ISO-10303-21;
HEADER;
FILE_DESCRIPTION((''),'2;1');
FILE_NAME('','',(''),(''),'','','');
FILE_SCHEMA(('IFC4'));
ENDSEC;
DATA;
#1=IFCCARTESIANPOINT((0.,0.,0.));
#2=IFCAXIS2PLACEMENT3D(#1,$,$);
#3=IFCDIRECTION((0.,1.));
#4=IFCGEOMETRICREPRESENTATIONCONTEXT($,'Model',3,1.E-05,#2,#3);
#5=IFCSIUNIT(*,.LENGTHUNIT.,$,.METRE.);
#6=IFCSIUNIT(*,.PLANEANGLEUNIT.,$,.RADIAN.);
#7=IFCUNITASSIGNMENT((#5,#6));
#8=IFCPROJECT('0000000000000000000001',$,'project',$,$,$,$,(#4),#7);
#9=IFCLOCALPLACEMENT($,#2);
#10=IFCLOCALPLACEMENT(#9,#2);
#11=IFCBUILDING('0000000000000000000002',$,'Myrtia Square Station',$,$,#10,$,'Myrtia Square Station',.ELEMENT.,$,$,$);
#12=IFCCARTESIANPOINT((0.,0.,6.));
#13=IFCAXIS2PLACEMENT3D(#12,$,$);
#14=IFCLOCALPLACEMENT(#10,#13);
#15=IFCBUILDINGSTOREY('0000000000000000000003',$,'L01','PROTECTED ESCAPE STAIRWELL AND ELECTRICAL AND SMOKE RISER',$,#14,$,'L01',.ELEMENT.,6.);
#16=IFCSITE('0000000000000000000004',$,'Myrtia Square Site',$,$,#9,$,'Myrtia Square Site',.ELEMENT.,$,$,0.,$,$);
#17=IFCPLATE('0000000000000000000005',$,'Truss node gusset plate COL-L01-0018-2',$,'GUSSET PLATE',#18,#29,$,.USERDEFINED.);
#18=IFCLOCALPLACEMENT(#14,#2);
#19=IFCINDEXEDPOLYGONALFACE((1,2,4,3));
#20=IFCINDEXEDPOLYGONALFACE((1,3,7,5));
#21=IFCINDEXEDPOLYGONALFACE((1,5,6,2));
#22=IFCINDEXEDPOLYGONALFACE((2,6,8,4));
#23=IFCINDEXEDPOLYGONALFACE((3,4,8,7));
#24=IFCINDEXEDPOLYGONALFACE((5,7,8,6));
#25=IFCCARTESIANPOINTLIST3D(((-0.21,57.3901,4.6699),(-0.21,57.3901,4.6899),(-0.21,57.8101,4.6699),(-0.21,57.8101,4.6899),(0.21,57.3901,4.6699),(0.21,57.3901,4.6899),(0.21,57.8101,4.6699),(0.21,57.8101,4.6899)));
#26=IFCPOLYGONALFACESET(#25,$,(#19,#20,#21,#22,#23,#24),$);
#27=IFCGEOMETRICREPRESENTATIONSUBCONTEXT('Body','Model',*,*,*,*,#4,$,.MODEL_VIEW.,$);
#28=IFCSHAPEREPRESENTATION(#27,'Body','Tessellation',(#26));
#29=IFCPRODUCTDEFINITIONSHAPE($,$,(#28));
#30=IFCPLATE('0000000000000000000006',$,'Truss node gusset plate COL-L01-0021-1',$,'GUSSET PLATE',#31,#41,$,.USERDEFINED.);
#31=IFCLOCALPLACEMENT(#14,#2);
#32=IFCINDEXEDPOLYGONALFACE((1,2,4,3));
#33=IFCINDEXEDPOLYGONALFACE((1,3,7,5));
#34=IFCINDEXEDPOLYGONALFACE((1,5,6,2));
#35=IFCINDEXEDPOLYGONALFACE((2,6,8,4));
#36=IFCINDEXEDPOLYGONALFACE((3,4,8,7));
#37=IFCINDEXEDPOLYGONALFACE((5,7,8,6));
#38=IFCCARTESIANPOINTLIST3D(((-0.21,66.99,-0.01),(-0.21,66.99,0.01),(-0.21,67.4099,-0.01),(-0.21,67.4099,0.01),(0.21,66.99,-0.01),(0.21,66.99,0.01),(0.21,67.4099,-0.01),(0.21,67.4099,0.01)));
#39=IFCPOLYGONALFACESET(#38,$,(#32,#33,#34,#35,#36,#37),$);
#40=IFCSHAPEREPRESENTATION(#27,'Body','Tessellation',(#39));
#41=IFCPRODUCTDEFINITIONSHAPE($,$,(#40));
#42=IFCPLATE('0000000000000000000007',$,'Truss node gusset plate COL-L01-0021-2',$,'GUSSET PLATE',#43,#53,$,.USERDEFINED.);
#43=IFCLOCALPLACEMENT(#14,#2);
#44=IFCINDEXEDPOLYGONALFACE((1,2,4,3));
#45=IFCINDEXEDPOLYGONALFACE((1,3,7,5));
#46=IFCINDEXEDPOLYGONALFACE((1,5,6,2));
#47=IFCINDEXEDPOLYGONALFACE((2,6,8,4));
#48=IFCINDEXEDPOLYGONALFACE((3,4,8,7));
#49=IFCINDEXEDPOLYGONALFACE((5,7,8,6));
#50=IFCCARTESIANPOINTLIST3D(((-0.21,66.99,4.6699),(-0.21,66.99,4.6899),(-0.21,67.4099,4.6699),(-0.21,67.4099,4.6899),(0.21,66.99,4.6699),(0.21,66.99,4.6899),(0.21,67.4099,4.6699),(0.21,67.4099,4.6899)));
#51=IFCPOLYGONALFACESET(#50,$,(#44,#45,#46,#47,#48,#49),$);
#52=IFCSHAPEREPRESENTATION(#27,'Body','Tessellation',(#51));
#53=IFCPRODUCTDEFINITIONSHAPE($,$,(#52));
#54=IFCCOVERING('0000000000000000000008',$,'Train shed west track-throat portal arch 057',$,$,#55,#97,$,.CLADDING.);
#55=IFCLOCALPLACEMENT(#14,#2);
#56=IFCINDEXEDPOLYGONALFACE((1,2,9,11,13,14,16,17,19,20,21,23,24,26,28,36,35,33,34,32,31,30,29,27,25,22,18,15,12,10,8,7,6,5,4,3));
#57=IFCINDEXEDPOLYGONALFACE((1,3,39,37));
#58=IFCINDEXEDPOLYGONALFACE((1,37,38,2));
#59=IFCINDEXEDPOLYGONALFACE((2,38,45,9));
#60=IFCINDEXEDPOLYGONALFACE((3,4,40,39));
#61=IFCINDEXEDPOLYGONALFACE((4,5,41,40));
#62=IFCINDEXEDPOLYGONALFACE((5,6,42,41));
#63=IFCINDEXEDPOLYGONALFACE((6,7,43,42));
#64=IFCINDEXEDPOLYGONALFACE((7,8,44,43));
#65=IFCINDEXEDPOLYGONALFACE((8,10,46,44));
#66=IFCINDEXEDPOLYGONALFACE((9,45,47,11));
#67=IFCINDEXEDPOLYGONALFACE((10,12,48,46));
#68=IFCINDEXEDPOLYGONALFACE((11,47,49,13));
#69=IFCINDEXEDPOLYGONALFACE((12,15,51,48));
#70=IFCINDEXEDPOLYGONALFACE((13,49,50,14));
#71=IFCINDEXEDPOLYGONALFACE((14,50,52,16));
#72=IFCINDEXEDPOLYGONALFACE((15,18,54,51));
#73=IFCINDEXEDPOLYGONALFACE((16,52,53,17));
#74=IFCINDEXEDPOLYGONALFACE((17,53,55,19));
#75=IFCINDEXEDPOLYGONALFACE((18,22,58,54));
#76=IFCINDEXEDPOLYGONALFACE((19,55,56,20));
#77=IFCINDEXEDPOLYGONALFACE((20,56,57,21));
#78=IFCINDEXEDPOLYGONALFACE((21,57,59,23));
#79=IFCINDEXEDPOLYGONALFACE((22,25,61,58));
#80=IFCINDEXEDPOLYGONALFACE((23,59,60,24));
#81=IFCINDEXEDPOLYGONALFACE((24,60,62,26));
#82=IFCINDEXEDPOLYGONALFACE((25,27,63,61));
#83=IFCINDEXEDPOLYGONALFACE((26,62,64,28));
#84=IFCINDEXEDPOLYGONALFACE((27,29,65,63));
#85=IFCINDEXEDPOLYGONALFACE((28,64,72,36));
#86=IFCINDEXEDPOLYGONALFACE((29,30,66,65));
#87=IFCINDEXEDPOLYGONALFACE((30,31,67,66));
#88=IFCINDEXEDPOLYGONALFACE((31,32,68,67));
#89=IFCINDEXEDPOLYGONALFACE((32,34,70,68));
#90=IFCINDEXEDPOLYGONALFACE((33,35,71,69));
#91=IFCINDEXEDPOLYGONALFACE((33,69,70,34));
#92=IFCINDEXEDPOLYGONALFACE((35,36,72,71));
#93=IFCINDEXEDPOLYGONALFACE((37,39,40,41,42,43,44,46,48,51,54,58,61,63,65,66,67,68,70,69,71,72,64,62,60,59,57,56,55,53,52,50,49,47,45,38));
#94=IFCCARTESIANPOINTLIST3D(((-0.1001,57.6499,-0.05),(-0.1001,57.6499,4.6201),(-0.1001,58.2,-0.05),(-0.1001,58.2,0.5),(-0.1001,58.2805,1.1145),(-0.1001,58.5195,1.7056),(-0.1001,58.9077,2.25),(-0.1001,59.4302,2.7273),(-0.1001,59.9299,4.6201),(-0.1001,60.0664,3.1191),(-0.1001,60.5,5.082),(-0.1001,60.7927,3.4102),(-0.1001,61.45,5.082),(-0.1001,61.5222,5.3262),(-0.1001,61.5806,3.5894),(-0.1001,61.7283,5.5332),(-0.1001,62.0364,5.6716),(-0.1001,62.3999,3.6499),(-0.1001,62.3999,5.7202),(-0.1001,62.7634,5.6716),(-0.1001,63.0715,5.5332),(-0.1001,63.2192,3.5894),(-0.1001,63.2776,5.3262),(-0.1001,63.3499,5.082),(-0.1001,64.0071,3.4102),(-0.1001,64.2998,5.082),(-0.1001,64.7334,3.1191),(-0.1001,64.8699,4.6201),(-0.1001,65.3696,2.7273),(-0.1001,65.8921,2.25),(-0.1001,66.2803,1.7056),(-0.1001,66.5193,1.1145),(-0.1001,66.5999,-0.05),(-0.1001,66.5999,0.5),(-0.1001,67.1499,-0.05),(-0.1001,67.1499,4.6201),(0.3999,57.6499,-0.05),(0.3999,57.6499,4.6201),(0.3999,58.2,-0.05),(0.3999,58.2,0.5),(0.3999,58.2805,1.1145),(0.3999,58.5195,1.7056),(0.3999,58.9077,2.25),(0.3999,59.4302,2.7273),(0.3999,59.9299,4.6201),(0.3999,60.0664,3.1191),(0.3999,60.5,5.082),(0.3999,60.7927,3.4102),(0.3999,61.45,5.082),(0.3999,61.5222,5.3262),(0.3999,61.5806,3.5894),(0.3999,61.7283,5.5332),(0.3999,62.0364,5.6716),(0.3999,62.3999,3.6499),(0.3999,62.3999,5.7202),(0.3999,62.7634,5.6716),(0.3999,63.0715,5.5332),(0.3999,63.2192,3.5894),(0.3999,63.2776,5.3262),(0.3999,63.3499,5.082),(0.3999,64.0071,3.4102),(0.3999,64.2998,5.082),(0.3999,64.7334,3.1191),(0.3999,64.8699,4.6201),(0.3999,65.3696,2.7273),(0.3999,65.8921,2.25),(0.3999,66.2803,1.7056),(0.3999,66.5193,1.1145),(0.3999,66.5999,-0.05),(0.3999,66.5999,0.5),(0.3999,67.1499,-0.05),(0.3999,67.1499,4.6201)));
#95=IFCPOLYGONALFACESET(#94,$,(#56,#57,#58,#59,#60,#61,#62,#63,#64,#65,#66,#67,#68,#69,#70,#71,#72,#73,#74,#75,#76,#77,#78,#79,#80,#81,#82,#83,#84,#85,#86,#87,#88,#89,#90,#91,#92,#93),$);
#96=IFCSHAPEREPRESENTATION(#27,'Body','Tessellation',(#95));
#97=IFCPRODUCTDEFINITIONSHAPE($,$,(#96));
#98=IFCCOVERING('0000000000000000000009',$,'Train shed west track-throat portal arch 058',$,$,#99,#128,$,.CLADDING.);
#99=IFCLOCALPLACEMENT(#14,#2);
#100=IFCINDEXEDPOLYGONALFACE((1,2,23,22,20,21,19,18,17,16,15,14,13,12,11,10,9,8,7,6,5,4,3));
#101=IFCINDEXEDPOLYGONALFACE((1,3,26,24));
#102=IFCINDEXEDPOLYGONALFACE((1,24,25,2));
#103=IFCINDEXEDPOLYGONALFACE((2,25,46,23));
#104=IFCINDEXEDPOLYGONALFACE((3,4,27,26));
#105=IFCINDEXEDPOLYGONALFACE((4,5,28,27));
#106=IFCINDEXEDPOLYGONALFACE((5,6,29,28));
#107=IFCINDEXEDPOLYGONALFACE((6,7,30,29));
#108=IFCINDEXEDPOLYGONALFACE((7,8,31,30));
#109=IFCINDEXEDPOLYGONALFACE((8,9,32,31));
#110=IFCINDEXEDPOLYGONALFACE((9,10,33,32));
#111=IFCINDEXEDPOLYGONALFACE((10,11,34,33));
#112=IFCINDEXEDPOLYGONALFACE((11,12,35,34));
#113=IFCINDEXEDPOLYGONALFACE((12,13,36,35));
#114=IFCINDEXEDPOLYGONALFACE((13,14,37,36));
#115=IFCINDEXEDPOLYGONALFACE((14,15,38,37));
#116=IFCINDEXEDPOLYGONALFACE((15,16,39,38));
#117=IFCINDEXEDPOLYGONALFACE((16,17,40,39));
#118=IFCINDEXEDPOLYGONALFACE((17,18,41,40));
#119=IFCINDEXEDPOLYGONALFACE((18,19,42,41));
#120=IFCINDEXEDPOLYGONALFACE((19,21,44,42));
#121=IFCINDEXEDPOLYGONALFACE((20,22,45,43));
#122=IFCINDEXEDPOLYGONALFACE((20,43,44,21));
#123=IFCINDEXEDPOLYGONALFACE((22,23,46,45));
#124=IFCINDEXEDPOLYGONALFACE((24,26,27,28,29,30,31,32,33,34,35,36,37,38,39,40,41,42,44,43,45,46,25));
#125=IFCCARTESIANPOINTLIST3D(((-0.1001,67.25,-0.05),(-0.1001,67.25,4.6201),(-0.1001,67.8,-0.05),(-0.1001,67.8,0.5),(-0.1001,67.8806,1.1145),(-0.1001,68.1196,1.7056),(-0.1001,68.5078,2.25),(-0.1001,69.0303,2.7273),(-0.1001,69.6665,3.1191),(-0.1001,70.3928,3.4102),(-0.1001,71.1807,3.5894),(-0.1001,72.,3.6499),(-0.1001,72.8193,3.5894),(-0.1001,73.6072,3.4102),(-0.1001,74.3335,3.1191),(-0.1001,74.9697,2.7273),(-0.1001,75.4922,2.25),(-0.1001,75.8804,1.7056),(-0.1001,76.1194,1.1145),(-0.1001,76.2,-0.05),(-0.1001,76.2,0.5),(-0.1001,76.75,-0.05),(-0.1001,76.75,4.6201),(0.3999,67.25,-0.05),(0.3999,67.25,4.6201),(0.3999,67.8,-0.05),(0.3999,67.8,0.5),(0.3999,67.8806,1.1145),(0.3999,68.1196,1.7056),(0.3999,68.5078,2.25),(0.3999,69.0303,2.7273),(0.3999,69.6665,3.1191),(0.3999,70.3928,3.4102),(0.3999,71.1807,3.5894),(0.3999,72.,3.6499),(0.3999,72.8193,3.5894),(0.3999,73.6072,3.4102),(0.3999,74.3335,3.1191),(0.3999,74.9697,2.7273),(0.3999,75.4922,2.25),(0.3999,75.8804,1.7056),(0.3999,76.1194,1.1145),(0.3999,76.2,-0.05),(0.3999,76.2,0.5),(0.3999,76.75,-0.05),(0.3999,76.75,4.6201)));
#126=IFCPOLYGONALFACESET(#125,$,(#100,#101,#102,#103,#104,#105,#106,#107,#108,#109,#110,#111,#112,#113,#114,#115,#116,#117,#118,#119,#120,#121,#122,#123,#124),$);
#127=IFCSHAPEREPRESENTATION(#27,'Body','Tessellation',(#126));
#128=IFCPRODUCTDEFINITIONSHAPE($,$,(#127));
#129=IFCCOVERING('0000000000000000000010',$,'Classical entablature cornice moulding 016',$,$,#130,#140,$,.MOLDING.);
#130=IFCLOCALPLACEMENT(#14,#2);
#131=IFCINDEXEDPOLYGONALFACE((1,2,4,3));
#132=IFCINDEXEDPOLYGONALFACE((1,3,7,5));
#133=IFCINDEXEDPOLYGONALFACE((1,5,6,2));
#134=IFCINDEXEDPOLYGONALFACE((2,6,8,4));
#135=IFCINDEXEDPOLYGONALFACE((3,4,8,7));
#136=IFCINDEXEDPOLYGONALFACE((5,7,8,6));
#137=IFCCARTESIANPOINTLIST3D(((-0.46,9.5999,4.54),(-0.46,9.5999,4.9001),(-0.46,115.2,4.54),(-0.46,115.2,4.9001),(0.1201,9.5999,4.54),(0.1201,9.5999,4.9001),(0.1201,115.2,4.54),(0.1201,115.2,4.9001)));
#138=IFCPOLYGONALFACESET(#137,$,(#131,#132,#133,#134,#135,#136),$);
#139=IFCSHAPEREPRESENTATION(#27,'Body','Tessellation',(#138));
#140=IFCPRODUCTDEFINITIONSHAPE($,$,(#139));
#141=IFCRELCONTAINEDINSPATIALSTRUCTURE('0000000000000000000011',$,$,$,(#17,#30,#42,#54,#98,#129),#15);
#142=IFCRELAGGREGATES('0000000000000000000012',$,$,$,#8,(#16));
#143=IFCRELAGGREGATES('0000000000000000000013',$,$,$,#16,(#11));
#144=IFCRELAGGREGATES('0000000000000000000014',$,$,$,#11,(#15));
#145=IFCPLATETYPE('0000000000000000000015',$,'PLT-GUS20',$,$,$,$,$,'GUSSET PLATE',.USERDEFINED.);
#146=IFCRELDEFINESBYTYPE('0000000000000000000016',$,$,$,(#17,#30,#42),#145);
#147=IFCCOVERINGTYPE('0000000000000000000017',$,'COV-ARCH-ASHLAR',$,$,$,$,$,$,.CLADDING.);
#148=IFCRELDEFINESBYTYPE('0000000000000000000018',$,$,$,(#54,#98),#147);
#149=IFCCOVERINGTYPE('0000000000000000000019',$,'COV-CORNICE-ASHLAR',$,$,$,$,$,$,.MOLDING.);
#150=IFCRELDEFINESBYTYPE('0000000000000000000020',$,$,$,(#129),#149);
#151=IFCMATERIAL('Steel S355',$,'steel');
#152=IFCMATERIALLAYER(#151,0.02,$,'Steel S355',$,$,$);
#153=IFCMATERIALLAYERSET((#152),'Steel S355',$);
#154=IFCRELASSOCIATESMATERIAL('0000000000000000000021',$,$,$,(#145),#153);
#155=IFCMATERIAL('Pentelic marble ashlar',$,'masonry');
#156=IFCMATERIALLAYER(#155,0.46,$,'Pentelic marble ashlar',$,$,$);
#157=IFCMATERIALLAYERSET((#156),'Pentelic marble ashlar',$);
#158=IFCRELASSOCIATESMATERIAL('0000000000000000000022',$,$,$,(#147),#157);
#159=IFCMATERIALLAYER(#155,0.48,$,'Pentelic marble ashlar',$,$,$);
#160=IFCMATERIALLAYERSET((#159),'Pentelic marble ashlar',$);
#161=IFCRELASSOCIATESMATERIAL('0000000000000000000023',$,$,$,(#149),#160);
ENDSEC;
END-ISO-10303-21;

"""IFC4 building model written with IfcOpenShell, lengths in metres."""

from ifc_helpers import new_model, si_unit, direction, frame, origin, origin_2d, place, context, subcontext, project, spatial, polyline, rectangle, outline, extrude, material, layer, layer_set, type_object, element, save


model = new_model("IFC4")

# Units and contexts
model_context = context("Model", 3, precision=1e-05, world=origin(), true_north=direction((0.0, 1.0)))
body_context = subcontext(model_context, "Body", "Model", "MODEL_VIEW")
ifc_project = project(units=[si_unit("LENGTHUNIT", "METRE"), si_unit("PLANEANGLEUNIT", "RADIAN")], contexts=[model_context])

# Site, building, storey
site_placement = place(None, origin())
site = spatial("IfcSite", under=ifc_project, at=site_placement, Name="Myrtia Square Site", LongName="Myrtia Square Site", CompositionType="ELEMENT", RefElevation=0.0)
building_placement = place(site_placement, origin())
building = spatial("IfcBuilding", under=site, at=building_placement, Name="Myrtia Square Station", LongName="Myrtia Square Station", CompositionType="ELEMENT")
storey_placement = place(building_placement, frame((0.0, 0.0, 6.0)))
storey = spatial("IfcBuildingStorey", under=building, at=storey_placement, Name="L01", Description="PROTECTED ESCAPE STAIRWELL AND ELECTRICAL AND SMOKE RISER", LongName="L01", CompositionType="ELEMENT", Elevation=6.0)

# Shared definitions
ifc_material_1 = material(Name="Steel S355", Category="steel")

# Plates
ifc_layer_1 = layer(ifc_material_1, 0.02, Name="Steel S355")
ifc_layer_set_1 = layer_set([ifc_layer_1], Name="Steel S355")
plate_type_1 = type_object("IfcPlateType", Name="PLT-GUS20", ElementType="GUSSET PLATE", PredefinedType="USERDEFINED", material=ifc_layer_set_1)
for number, where, z_axis, x_axis, name in (
    (1, (0.0, 57.6001, 4.6699), (0.0, 0.0, 1.0), (1.0, 0.0, 0.0), "Truss node gusset plate COL-L01-0018-2"),
    (2, (0.0, 67.2, -0.01), (0.0, 0.0, 1.0), (1.0, 0.0, 0.0), "Truss node gusset plate COL-L01-0021-1"),
    (3, (0.0, 67.2, 4.6699), (0.0, 0.0, 1.0), (1.0, 0.0, 0.0), "Truss node gusset plate COL-L01-0021-2"),
):
    element("IfcPlate", number, at=place(storey_placement, frame(where, z_axis=z_axis, x_axis=x_axis)), inside=storey, type_object=plate_type_1, Name=name, ObjectType="GUSSET PLATE", PredefinedType="USERDEFINED", context=body_context, shape_type="SweptSolid", body=[
        extrude(rectangle(XDim=0.4199, YDim=0.4199, at=origin_2d()), origin(), (0.0, 0.0, 1.0), 0.02),
    ])

# Coverings
ifc_material_2 = material(Name="Pentelic marble ashlar", Category="masonry")
ifc_layer_2 = layer(ifc_material_2, 0.46, Name="Pentelic marble ashlar")
ifc_layer_set_2 = layer_set([ifc_layer_2], Name="Pentelic marble ashlar")
covering_type_1 = type_object("IfcCoveringType", Name="COV-ARCH-ASHLAR", PredefinedType="CLADDING", material=ifc_layer_set_2)
covering_1_placement = place(storey_placement, frame((0.1499, 57.6499, -0.05), z_axis=(0.0, 0.0, 1.0), x_axis=(0.0, 1.0, 0.0)))
element("IfcCovering", 4, at=covering_1_placement, inside=storey, type_object=covering_type_1, Name="Train shed west track-throat portal arch 057", PredefinedType="CLADDING", context=body_context, shape_type="SweptSolid", body=[
    extrude(outline(polyline([(0.0, 0.0), (0.55, 0.0), (0.55, 0.55), (0.6306, 1.1646), (0.8696, 1.7556), (1.2578, 2.3), (1.7803, 2.7773), (2.4165, 3.1692), (3.1428, 3.4602), (3.9307, 3.6394), (4.75, 3.7), (5.5693, 3.6394), (6.3572, 3.4602), (7.0835, 3.1692), (7.7197, 2.7773), (8.2422, 2.3), (8.6304, 1.7556), (8.8694, 1.1646), (8.95, 0.55), (8.95, 0.0), (9.5, 0.0), (9.5, 4.6702), (7.22, 4.6702), (6.6499, 5.1321), (5.7, 5.1321), (5.6277, 5.3762), (5.4216, 5.5833), (5.1135, 5.7217), (4.75, 5.7703), (4.3865, 5.7217), (4.0784, 5.5833), (3.8723, 5.3762), (3.8, 5.1321), (2.8501, 5.1321), (2.28, 4.6702), (0.0, 4.6702), (0.0, 0.0)])), frame((0.0, 0.25, 0.0), z_axis=(0.0, -1.0, 0.0), x_axis=(1.0, 0.0, 0.0)), (0.0, 0.0, 1.0), 0.5),
])
covering_2_placement = place(storey_placement, frame((0.1499, 67.25, -0.05), z_axis=(0.0, 0.0, 1.0), x_axis=(0.0, 1.0, 0.0)))
element("IfcCovering", 5, at=covering_2_placement, inside=storey, type_object=covering_type_1, Name="Train shed west track-throat portal arch 058", PredefinedType="CLADDING", context=body_context, shape_type="SweptSolid", body=[
    extrude(outline(polyline([(0.0, 0.0), (0.55, 0.0), (0.55, 0.55), (0.6306, 1.1646), (0.8696, 1.7556), (1.2578, 2.3), (1.7803, 2.7773), (2.4165, 3.1692), (3.1428, 3.4602), (3.9307, 3.6394), (4.75, 3.7), (5.5693, 3.6394), (6.3572, 3.4602), (7.0835, 3.1692), (7.7197, 2.7773), (8.2422, 2.3), (8.6304, 1.7556), (8.8694, 1.1646), (8.95, 0.55), (8.95, 0.0), (9.5, 0.0), (9.5, 4.6702), (0.0, 4.6702), (0.0, 0.0)])), frame((0.0, 0.25, 0.0), z_axis=(0.0, -1.0, 0.0), x_axis=(1.0, 0.0, 0.0)), (0.0, 0.0, 1.0), 0.5),
])
ifc_layer_3 = layer(ifc_material_2, 0.48, Name="Pentelic marble ashlar")
ifc_layer_set_3 = layer_set([ifc_layer_3], Name="Pentelic marble ashlar")
covering_type_2 = type_object("IfcCoveringType", Name="COV-CORNICE-ASHLAR", PredefinedType="MOLDING", material=ifc_layer_set_3)
covering_3_placement = place(storey_placement, frame((-0.1699, 62.3999, 4.54), z_axis=(0.0, 0.0, 1.0), x_axis=(0.0, 1.0, 0.0)))
element("IfcCovering", 6, at=covering_3_placement, inside=storey, type_object=covering_type_2, Name="Classical entablature cornice moulding 016", PredefinedType="MOLDING", context=body_context, shape_type="SweptSolid", body=[
    extrude(rectangle(XDim=105.6001, YDim=0.5801, at=origin_2d()), origin(), (0.0, 0.0, 1.0), 0.3601),
])

save(model, "model.ifc")
